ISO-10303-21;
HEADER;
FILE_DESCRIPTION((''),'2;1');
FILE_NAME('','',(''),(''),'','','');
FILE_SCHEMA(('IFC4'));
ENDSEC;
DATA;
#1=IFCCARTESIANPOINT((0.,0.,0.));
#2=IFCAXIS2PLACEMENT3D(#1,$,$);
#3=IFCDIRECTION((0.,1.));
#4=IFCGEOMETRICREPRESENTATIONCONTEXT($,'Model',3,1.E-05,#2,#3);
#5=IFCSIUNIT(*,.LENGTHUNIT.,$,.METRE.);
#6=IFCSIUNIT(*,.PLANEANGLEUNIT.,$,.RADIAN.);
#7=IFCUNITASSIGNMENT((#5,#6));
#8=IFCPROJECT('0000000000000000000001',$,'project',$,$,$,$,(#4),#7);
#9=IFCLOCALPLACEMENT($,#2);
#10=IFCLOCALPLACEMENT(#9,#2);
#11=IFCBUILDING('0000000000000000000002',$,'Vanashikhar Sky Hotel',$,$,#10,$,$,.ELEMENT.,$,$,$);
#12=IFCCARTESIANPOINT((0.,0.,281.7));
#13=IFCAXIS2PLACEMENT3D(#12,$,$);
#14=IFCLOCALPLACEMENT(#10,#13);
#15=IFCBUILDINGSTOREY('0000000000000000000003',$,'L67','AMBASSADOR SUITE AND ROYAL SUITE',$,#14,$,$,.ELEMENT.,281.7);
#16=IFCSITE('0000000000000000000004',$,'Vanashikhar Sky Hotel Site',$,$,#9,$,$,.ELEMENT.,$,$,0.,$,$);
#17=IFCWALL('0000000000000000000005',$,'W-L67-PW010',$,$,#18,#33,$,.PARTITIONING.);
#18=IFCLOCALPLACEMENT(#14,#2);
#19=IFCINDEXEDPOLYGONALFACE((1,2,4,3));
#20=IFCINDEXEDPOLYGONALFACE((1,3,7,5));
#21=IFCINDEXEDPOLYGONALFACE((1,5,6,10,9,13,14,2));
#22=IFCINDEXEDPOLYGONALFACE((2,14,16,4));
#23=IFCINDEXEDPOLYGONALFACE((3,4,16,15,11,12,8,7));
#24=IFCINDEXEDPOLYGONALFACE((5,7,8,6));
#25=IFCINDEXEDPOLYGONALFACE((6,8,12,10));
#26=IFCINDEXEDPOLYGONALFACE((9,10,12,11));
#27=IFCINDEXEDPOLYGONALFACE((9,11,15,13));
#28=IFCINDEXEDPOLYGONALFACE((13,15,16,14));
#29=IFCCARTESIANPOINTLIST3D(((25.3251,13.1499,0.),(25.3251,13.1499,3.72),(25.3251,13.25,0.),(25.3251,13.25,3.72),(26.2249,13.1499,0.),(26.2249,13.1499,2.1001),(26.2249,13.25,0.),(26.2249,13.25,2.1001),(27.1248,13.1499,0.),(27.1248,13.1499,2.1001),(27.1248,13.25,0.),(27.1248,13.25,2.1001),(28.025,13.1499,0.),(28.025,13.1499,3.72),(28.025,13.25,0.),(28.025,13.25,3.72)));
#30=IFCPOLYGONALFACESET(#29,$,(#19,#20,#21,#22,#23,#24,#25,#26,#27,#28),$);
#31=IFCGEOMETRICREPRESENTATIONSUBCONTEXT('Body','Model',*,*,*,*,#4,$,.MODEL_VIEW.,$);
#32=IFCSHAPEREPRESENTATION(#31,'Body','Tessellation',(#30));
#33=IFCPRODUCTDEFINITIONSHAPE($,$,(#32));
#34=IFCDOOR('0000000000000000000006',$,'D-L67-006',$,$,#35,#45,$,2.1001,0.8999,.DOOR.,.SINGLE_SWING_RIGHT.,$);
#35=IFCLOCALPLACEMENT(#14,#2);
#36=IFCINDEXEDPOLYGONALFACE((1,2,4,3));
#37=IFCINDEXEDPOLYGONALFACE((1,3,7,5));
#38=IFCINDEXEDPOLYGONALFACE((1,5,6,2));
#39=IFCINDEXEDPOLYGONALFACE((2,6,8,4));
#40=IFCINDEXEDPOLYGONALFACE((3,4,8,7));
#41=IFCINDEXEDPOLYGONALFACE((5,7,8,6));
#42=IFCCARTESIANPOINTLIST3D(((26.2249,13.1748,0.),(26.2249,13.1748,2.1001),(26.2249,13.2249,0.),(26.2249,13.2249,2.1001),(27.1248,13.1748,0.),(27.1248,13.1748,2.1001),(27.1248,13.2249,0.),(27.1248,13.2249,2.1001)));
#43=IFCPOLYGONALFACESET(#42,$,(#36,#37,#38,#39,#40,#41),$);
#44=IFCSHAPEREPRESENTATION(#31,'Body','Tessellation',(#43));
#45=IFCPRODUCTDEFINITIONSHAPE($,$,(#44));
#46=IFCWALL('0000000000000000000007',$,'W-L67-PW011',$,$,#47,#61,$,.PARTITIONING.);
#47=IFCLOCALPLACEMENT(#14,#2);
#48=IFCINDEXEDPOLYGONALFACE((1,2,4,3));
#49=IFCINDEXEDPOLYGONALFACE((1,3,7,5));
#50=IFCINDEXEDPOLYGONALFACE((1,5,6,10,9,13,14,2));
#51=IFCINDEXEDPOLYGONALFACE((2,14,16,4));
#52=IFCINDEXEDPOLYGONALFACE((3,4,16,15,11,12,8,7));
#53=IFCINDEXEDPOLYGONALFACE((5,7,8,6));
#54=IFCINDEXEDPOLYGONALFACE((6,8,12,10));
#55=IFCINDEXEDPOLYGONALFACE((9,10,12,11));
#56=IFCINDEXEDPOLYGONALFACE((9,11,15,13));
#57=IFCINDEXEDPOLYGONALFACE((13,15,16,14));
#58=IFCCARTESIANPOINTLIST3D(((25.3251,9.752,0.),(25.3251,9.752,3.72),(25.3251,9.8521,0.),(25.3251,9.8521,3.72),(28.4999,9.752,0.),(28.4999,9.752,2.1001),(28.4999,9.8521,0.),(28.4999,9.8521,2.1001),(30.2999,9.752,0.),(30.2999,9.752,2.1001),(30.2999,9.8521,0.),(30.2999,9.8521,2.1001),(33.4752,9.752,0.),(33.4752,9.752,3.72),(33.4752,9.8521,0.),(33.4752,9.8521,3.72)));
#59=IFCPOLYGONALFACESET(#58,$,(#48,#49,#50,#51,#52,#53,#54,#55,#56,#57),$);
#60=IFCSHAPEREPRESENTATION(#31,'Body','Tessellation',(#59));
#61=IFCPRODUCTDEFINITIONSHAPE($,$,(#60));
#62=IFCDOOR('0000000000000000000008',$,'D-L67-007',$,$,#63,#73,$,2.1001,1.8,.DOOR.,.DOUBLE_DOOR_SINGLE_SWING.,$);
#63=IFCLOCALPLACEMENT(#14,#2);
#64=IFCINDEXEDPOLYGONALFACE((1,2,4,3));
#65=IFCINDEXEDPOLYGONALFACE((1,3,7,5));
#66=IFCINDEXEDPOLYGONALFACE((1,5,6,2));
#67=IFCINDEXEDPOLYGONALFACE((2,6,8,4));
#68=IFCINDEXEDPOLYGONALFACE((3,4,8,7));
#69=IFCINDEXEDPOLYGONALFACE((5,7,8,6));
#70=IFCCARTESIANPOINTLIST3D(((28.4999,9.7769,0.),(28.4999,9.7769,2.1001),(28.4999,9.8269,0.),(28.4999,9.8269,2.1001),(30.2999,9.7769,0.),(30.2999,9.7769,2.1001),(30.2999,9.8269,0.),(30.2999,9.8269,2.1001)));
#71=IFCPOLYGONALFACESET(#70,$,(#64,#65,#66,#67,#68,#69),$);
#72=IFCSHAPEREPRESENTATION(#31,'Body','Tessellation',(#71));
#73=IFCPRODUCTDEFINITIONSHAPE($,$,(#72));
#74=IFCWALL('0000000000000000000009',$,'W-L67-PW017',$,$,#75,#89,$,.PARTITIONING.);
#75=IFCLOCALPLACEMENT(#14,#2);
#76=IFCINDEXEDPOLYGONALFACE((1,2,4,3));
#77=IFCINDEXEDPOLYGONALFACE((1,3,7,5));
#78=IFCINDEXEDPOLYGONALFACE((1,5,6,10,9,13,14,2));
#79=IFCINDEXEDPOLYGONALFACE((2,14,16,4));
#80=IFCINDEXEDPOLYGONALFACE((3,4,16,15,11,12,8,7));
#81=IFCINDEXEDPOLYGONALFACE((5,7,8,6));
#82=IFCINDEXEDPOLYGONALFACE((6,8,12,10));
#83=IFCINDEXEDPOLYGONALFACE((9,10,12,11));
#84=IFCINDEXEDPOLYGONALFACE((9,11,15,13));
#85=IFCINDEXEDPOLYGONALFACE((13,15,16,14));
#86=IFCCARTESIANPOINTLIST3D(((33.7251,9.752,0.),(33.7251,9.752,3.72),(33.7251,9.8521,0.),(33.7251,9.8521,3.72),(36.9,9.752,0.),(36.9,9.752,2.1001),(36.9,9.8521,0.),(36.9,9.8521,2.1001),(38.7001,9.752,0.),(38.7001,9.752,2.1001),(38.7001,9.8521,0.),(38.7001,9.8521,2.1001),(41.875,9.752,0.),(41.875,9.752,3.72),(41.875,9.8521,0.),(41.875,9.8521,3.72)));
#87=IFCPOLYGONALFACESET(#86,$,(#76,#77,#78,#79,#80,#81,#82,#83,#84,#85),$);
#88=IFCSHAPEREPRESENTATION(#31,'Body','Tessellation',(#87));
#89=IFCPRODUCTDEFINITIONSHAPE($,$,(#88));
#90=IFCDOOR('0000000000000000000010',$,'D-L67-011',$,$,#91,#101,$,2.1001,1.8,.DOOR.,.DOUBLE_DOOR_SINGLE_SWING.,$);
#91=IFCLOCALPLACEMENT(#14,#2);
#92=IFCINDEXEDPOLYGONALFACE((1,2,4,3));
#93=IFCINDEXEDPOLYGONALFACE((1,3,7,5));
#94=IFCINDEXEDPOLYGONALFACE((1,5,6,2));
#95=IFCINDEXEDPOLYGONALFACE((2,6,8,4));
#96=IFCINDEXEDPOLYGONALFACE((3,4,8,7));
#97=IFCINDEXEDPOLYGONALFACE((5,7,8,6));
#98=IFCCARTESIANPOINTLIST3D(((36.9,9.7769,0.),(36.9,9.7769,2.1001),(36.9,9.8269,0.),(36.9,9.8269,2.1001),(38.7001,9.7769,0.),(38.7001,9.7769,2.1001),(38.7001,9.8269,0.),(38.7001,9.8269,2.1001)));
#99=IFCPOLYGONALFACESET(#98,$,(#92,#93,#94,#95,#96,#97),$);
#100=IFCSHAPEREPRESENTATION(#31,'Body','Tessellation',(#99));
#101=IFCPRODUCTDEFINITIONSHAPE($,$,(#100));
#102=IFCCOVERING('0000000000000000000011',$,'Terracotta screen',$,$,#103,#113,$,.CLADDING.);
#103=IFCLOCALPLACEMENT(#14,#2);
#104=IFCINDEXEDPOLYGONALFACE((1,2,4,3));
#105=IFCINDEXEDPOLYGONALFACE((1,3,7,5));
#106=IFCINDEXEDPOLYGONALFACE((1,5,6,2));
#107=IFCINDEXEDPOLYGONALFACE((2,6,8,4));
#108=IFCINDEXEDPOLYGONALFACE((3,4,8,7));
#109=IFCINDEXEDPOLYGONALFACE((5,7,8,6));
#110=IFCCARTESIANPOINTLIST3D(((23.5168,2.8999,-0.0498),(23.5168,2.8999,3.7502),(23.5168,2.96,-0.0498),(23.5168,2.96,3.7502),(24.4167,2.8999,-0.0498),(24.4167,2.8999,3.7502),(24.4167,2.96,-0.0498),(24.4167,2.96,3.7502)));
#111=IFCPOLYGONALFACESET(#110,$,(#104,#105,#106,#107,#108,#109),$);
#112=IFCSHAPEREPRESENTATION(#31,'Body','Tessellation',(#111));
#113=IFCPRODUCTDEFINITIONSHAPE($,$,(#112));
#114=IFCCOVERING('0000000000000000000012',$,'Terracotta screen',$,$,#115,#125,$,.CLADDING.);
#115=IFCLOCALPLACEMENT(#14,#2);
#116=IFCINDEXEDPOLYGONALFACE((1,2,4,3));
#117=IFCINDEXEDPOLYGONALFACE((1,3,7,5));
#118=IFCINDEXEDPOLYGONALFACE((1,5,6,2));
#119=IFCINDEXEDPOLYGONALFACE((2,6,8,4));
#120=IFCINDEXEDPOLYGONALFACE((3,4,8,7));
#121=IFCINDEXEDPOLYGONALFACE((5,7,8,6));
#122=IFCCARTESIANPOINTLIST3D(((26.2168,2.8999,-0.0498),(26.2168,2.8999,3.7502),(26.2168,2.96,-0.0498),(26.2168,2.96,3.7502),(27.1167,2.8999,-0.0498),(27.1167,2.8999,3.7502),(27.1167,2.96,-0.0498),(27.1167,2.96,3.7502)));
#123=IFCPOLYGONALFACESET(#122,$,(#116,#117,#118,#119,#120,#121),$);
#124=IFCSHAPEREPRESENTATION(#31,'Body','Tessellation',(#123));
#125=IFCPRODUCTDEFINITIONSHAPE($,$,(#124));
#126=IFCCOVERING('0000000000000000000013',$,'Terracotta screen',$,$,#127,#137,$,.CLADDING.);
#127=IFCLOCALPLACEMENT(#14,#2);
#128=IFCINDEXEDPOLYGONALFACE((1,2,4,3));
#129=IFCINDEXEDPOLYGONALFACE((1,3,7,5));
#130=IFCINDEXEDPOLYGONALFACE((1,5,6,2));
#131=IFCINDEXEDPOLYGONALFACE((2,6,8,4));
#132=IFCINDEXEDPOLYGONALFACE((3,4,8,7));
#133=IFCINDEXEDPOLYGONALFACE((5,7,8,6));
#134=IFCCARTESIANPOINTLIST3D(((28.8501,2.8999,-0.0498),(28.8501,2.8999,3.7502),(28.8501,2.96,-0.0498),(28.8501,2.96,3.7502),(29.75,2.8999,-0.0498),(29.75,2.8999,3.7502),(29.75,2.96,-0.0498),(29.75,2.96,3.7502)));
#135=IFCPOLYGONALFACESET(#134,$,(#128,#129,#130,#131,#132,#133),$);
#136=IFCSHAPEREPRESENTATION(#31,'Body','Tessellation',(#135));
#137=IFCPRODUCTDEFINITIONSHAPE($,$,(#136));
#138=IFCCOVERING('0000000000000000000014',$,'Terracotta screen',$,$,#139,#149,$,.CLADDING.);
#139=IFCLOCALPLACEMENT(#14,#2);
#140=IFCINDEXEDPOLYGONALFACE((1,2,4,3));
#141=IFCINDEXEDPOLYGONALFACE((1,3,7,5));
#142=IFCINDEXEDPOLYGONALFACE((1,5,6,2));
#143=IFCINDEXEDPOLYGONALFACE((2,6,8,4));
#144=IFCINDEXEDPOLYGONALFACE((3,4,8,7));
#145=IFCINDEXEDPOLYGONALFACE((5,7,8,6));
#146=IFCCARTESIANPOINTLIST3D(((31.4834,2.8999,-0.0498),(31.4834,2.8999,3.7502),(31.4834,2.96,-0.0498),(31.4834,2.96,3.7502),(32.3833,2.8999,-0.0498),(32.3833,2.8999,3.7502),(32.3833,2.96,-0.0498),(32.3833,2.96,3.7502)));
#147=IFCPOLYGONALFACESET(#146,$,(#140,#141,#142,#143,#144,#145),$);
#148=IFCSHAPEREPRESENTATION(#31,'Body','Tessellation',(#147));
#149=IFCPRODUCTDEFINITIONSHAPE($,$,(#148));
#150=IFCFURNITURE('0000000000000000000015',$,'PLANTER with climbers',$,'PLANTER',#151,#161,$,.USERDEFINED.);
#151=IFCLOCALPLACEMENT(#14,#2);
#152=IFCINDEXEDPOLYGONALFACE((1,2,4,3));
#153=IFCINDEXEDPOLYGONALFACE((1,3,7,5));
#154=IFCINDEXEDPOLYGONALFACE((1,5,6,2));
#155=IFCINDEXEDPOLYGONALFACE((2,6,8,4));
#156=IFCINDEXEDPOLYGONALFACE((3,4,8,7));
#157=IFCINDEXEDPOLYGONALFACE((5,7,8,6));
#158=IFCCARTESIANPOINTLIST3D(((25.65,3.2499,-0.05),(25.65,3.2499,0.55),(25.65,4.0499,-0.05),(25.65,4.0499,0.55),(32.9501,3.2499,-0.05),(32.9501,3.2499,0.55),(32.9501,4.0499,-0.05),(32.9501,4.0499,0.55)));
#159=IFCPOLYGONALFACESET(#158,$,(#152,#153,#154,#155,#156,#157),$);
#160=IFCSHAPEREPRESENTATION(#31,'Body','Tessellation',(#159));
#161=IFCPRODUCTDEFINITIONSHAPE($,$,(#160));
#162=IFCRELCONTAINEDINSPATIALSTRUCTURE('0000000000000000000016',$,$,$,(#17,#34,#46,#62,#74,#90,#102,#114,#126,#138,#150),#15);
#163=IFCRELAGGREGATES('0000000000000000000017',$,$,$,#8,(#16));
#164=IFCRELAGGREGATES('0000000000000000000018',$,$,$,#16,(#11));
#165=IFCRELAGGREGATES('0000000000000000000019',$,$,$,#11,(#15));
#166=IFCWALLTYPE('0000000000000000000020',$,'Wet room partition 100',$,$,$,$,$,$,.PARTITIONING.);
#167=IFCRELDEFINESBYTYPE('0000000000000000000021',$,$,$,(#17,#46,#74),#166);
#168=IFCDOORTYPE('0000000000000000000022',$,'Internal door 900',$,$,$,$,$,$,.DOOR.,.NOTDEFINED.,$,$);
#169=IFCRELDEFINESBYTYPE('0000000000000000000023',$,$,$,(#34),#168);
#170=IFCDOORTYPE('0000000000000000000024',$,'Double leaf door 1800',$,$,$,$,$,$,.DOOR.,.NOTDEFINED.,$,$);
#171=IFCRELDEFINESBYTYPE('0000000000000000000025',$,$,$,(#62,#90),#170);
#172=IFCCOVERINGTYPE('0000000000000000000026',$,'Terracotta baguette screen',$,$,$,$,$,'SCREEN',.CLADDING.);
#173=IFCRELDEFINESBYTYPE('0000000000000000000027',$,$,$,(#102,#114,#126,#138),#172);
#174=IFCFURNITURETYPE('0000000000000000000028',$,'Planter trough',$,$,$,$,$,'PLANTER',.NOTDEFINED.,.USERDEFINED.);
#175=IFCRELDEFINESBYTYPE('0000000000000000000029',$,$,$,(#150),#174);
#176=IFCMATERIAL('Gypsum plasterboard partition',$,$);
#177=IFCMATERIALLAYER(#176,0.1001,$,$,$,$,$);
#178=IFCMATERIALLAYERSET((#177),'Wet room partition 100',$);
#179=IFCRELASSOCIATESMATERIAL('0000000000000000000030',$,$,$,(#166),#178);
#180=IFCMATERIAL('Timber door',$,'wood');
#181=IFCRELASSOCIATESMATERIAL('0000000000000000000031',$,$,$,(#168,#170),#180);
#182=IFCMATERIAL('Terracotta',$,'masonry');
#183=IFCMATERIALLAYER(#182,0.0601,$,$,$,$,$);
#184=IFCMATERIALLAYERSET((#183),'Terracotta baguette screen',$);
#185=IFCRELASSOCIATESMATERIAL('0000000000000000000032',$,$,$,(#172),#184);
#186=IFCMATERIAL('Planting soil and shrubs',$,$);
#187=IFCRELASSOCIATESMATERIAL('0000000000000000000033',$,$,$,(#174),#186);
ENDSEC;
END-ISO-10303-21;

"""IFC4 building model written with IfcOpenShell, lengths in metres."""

from ifc_helpers import new_model, si_unit, direction, frame, frame_2d, origin, origin_2d, place, context, subcontext, project, spatial, rectangle, extrude, source, transform, mapped, material, layer, layer_set, type_object, element, fill, save


model = new_model("IFC4")

# Units and contexts
model_context = context("Model", 3, precision=1e-05, world=origin(), true_north=direction((0.0, 1.0)))
body_context = subcontext(model_context, "Body", "Model", "MODEL_VIEW")
ifc_project = project(units=[si_unit("LENGTHUNIT", "METRE"), si_unit("PLANEANGLEUNIT", "RADIAN")], contexts=[model_context])

# Site, building, storey
site_placement = place(None, origin())
site = spatial("IfcSite", under=ifc_project, at=site_placement, Name="Vanashikhar Sky Hotel Site", CompositionType="ELEMENT", RefElevation=0.0)
building_placement = place(site_placement, origin())
building = spatial("IfcBuilding", under=site, at=building_placement, Name="Vanashikhar Sky Hotel", CompositionType="ELEMENT")
storey_placement = place(building_placement, frame((0.0, 0.0, 281.7)))
storey = spatial("IfcBuildingStorey", under=building, at=storey_placement, Name="L67", Description="AMBASSADOR SUITE AND ROYAL SUITE", CompositionType="ELEMENT", Elevation=281.7)

# Shared definitions
ifc_material_1 = material(Name="Gypsum plasterboard partition")
ifc_layer_1 = layer(ifc_material_1, 0.1001)
ifc_layer_set_1 = layer_set([ifc_layer_1], Name="Wet room partition 100")
wall_type_1 = type_object("IfcWallType", Name="Wet room partition 100", PredefinedType="PARTITIONING", material=ifc_layer_set_1)

# Walls, openings, doors
shared_shape_1 = source(origin(), body_context, "Body", "SweptSolid", [
    extrude(rectangle(XDim=0.8999, YDim=2.1001, at=frame_2d((0.45, 1.05))), frame((0.0, 0.0601, 0.0), z_axis=(0.0, -1.0, 0.0), x_axis=(1.0, 0.0, 0.0)), (0.0, 0.0, 1.0), 0.1201),
])
ifc_material_2 = material(Name="Timber door", Category="wood")
door_type_1 = type_object("IfcDoorType", Name="Internal door 900", OperationType="NOTDEFINED", PredefinedType="DOOR", material=ifc_material_2)
shared_shape_2 = source(origin(), body_context, "Body", "SweptSolid", [
    extrude(rectangle(XDim=0.8999, YDim=2.1001, at=frame_2d((0.45, 1.05))), frame((0.0, 0.0249, 0.0), z_axis=(0.0, -1.0, 0.0), x_axis=(1.0, 0.0, 0.0)), (0.0, 0.0, 1.0), 0.05),
])
shared_shape_3 = source(origin(), body_context, "Body", "SweptSolid", [
    extrude(rectangle(XDim=2.7, YDim=0.1001, at=frame_2d((1.3501, 0.0))), origin(), (0.0, 0.0, 1.0), 3.72),
])
wall_1_placement = place(storey_placement, frame((25.325, 13.2, 0.0), z_axis=(0.0, 0.0, 1.0), x_axis=(1.0, 0.0, 0.0)))
wall_1 = element("IfcWall", 1, at=wall_1_placement, inside=storey, type_object=wall_type_1, Name="W-L67-PW010", PredefinedType="PARTITIONING", context=body_context, shape_type="MappedRepresentation", body=[
    mapped(shared_shape_3, transform((0.0, 0.0, 0.0), scale=1.0)),
])
opening_1_placement = place(wall_1_placement, frame((0.8999, 0.0, 0.0)))
opening_1 = element("IfcOpeningElement", 2, at=opening_1_placement, cuts=wall_1, PredefinedType="OPENING", context=body_context, shape_type="MappedRepresentation", body=[
    mapped(shared_shape_1, transform((0.0, 0.0, 0.0), scale=1.0)),
])
door_1_placement = place(opening_1_placement, origin())
door_1 = element("IfcDoor", 3, at=door_1_placement, inside=storey, type_object=door_type_1, Name="D-L67-006", OperationType="SINGLE_SWING_RIGHT", OverallHeight=2.1001, OverallWidth=0.8999, PredefinedType="DOOR", context=body_context, shape_type="MappedRepresentation", body=[
    mapped(shared_shape_2, transform((0.0, 0.0, 0.0), scale=1.0)),
])
fill(opening_1, door_1)
shared_shape_4 = source(origin(), body_context, "Body", "SweptSolid", [
    extrude(rectangle(XDim=8.1501, YDim=0.1001, at=frame_2d((4.0752, 0.0))), origin(), (0.0, 0.0, 1.0), 3.72),
])
wall_2_placement = place(storey_placement, frame((25.325, 9.802, 0.0), z_axis=(0.0, 0.0, 1.0), x_axis=(1.0, 0.0, 0.0)))
wall_2 = element("IfcWall", 4, at=wall_2_placement, inside=storey, type_object=wall_type_1, Name="W-L67-PW011", PredefinedType="PARTITIONING", context=body_context, shape_type="MappedRepresentation", body=[
    mapped(shared_shape_4, transform((0.0, 0.0, 0.0), scale=1.0)),
])
shared_shape_5 = source(origin(), body_context, "Body", "SweptSolid", [
    extrude(rectangle(XDim=1.8, YDim=2.1001, at=frame_2d((0.8999, 1.05))), frame((0.0, 0.0601, 0.0), z_axis=(0.0, -1.0, 0.0), x_axis=(1.0, 0.0, 0.0)), (0.0, 0.0, 1.0), 0.1201),
])
opening_2_placement = place(wall_2_placement, frame((3.175, 0.0, 0.0)))
opening_2 = element("IfcOpeningElement", 5, at=opening_2_placement, cuts=wall_2, PredefinedType="OPENING", context=body_context, shape_type="MappedRepresentation", body=[
    mapped(shared_shape_5, transform((0.0, 0.0, 0.0), scale=1.0)),
])
door_type_2 = type_object("IfcDoorType", Name="Double leaf door 1800", OperationType="NOTDEFINED", PredefinedType="DOOR", material=ifc_material_2)
shared_shape_6 = source(origin(), body_context, "Body", "SweptSolid", [
    extrude(rectangle(XDim=1.8, YDim=2.1001, at=frame_2d((0.8999, 1.05))), frame((0.0, 0.0249, 0.0), z_axis=(0.0, -1.0, 0.0), x_axis=(1.0, 0.0, 0.0)), (0.0, 0.0, 1.0), 0.05),
])
door_2_placement = place(opening_2_placement, origin())
door_2 = element("IfcDoor", 6, at=door_2_placement, inside=storey, type_object=door_type_2, Name="D-L67-007", OperationType="DOUBLE_DOOR_SINGLE_SWING", OverallHeight=2.1001, OverallWidth=1.8, PredefinedType="DOOR", context=body_context, shape_type="MappedRepresentation", body=[
    mapped(shared_shape_6, transform((0.0, 0.0, 0.0), scale=1.0)),
])
fill(opening_2, door_2)
shared_shape_7 = source(origin(), body_context, "Body", "SweptSolid", [
    extrude(rectangle(XDim=8.1499, YDim=0.1001, at=frame_2d((4.075, 0.0))), origin(), (0.0, 0.0, 1.0), 3.72),
])
wall_3_placement = place(storey_placement, frame((33.7251, 9.802, 0.0), z_axis=(0.0, 0.0, 1.0), x_axis=(1.0, 0.0, 0.0)))
wall_3 = element("IfcWall", 7, at=wall_3_placement, inside=storey, type_object=wall_type_1, Name="W-L67-PW017", PredefinedType="PARTITIONING", context=body_context, shape_type="MappedRepresentation", body=[
    mapped(shared_shape_7, transform((0.0, 0.0, 0.0), scale=1.0)),
])
opening_3_placement = place(wall_3_placement, frame((3.175, 0.0, 0.0)))
opening_3 = element("IfcOpeningElement", 8, at=opening_3_placement, cuts=wall_3, PredefinedType="OPENING", context=body_context, shape_type="MappedRepresentation", body=[
    mapped(shared_shape_5, transform((0.0, 0.0, 0.0), scale=1.0)),
])
door_3_placement = place(opening_3_placement, origin())
door_3 = element("IfcDoor", 9, at=door_3_placement, inside=storey, type_object=door_type_2, Name="D-L67-011", OperationType="DOUBLE_DOOR_SINGLE_SWING", OverallHeight=2.1001, OverallWidth=1.8, PredefinedType="DOOR", context=body_context, shape_type="MappedRepresentation", body=[
    mapped(shared_shape_6, transform((0.0, 0.0, 0.0), scale=1.0)),
])
fill(opening_3, door_3)

# Coverings
ifc_material_3 = material(Name="Terracotta", Category="masonry")
ifc_layer_2 = layer(ifc_material_3, 0.0601)
ifc_layer_set_2 = layer_set([ifc_layer_2], Name="Terracotta baguette screen")
covering_type = type_object("IfcCoveringType", Name="Terracotta baguette screen", ElementType="SCREEN", PredefinedType="CLADDING", material=ifc_layer_set_2)
shared_shape_8 = source(origin(), body_context, "Body", "SweptSolid", [
    extrude(rectangle(XDim=0.8999, YDim=0.0601, at=origin_2d()), origin(), (0.0, 0.0, 1.0), 3.8),
])
for number, where, z_axis, x_axis, name in (
    (10, (23.9668, 2.9299, -0.0498), (0.0, 0.0, 1.0), (1.0, 0.0, 0.0), "Terracotta screen"),
    (11, (26.6667, 2.9299, -0.0498), (0.0, 0.0, 1.0), (1.0, 0.0, 0.0), "Terracotta screen"),
    (12, (29.3, 2.9299, -0.0498), (0.0, 0.0, 1.0), (1.0, 0.0, 0.0), "Terracotta screen"),
    (13, (31.9333, 2.9299, -0.0498), (0.0, 0.0, 1.0), (1.0, 0.0, 0.0), "Terracotta screen"),
):
    element("IfcCovering", number, at=place(storey_placement, frame(where, z_axis=z_axis, x_axis=x_axis)), inside=storey, type_object=covering_type, Name=name, PredefinedType="CLADDING", context=body_context, shape_type="MappedRepresentation", body=[
        mapped(shared_shape_8, transform((0.0, 0.0, 0.0), scale=1.0)),
    ])

# Furniture
ifc_material_4 = material(Name="Planting soil and shrubs")
furniture_type = type_object("IfcFurnitureType", Name="Planter trough", ElementType="PLANTER", AssemblyPlace="NOTDEFINED", PredefinedType="USERDEFINED", material=ifc_material_4)
shared_shape_9 = source(origin(), body_context, "Body", "SweptSolid", [
    extrude(rectangle(XDim=7.3, YDim=0.8, at=origin_2d()), origin(), (0.0, 0.0, 1.0), 0.6001),
])
furniture_placement = place(storey_placement, frame((29.3, 3.6499, -0.05), z_axis=(0.0, 0.0, 1.0), x_axis=(1.0, 0.0, 0.0)))
element("IfcFurniture", 14, at=furniture_placement, inside=storey, type_object=furniture_type, Name="PLANTER with climbers", ObjectType="PLANTER", PredefinedType="USERDEFINED", context=body_context, shape_type="MappedRepresentation", body=[
    mapped(shared_shape_9, transform((0.0, 0.0, 0.0), scale=1.0)),
])

save(model, "model.ifc")
